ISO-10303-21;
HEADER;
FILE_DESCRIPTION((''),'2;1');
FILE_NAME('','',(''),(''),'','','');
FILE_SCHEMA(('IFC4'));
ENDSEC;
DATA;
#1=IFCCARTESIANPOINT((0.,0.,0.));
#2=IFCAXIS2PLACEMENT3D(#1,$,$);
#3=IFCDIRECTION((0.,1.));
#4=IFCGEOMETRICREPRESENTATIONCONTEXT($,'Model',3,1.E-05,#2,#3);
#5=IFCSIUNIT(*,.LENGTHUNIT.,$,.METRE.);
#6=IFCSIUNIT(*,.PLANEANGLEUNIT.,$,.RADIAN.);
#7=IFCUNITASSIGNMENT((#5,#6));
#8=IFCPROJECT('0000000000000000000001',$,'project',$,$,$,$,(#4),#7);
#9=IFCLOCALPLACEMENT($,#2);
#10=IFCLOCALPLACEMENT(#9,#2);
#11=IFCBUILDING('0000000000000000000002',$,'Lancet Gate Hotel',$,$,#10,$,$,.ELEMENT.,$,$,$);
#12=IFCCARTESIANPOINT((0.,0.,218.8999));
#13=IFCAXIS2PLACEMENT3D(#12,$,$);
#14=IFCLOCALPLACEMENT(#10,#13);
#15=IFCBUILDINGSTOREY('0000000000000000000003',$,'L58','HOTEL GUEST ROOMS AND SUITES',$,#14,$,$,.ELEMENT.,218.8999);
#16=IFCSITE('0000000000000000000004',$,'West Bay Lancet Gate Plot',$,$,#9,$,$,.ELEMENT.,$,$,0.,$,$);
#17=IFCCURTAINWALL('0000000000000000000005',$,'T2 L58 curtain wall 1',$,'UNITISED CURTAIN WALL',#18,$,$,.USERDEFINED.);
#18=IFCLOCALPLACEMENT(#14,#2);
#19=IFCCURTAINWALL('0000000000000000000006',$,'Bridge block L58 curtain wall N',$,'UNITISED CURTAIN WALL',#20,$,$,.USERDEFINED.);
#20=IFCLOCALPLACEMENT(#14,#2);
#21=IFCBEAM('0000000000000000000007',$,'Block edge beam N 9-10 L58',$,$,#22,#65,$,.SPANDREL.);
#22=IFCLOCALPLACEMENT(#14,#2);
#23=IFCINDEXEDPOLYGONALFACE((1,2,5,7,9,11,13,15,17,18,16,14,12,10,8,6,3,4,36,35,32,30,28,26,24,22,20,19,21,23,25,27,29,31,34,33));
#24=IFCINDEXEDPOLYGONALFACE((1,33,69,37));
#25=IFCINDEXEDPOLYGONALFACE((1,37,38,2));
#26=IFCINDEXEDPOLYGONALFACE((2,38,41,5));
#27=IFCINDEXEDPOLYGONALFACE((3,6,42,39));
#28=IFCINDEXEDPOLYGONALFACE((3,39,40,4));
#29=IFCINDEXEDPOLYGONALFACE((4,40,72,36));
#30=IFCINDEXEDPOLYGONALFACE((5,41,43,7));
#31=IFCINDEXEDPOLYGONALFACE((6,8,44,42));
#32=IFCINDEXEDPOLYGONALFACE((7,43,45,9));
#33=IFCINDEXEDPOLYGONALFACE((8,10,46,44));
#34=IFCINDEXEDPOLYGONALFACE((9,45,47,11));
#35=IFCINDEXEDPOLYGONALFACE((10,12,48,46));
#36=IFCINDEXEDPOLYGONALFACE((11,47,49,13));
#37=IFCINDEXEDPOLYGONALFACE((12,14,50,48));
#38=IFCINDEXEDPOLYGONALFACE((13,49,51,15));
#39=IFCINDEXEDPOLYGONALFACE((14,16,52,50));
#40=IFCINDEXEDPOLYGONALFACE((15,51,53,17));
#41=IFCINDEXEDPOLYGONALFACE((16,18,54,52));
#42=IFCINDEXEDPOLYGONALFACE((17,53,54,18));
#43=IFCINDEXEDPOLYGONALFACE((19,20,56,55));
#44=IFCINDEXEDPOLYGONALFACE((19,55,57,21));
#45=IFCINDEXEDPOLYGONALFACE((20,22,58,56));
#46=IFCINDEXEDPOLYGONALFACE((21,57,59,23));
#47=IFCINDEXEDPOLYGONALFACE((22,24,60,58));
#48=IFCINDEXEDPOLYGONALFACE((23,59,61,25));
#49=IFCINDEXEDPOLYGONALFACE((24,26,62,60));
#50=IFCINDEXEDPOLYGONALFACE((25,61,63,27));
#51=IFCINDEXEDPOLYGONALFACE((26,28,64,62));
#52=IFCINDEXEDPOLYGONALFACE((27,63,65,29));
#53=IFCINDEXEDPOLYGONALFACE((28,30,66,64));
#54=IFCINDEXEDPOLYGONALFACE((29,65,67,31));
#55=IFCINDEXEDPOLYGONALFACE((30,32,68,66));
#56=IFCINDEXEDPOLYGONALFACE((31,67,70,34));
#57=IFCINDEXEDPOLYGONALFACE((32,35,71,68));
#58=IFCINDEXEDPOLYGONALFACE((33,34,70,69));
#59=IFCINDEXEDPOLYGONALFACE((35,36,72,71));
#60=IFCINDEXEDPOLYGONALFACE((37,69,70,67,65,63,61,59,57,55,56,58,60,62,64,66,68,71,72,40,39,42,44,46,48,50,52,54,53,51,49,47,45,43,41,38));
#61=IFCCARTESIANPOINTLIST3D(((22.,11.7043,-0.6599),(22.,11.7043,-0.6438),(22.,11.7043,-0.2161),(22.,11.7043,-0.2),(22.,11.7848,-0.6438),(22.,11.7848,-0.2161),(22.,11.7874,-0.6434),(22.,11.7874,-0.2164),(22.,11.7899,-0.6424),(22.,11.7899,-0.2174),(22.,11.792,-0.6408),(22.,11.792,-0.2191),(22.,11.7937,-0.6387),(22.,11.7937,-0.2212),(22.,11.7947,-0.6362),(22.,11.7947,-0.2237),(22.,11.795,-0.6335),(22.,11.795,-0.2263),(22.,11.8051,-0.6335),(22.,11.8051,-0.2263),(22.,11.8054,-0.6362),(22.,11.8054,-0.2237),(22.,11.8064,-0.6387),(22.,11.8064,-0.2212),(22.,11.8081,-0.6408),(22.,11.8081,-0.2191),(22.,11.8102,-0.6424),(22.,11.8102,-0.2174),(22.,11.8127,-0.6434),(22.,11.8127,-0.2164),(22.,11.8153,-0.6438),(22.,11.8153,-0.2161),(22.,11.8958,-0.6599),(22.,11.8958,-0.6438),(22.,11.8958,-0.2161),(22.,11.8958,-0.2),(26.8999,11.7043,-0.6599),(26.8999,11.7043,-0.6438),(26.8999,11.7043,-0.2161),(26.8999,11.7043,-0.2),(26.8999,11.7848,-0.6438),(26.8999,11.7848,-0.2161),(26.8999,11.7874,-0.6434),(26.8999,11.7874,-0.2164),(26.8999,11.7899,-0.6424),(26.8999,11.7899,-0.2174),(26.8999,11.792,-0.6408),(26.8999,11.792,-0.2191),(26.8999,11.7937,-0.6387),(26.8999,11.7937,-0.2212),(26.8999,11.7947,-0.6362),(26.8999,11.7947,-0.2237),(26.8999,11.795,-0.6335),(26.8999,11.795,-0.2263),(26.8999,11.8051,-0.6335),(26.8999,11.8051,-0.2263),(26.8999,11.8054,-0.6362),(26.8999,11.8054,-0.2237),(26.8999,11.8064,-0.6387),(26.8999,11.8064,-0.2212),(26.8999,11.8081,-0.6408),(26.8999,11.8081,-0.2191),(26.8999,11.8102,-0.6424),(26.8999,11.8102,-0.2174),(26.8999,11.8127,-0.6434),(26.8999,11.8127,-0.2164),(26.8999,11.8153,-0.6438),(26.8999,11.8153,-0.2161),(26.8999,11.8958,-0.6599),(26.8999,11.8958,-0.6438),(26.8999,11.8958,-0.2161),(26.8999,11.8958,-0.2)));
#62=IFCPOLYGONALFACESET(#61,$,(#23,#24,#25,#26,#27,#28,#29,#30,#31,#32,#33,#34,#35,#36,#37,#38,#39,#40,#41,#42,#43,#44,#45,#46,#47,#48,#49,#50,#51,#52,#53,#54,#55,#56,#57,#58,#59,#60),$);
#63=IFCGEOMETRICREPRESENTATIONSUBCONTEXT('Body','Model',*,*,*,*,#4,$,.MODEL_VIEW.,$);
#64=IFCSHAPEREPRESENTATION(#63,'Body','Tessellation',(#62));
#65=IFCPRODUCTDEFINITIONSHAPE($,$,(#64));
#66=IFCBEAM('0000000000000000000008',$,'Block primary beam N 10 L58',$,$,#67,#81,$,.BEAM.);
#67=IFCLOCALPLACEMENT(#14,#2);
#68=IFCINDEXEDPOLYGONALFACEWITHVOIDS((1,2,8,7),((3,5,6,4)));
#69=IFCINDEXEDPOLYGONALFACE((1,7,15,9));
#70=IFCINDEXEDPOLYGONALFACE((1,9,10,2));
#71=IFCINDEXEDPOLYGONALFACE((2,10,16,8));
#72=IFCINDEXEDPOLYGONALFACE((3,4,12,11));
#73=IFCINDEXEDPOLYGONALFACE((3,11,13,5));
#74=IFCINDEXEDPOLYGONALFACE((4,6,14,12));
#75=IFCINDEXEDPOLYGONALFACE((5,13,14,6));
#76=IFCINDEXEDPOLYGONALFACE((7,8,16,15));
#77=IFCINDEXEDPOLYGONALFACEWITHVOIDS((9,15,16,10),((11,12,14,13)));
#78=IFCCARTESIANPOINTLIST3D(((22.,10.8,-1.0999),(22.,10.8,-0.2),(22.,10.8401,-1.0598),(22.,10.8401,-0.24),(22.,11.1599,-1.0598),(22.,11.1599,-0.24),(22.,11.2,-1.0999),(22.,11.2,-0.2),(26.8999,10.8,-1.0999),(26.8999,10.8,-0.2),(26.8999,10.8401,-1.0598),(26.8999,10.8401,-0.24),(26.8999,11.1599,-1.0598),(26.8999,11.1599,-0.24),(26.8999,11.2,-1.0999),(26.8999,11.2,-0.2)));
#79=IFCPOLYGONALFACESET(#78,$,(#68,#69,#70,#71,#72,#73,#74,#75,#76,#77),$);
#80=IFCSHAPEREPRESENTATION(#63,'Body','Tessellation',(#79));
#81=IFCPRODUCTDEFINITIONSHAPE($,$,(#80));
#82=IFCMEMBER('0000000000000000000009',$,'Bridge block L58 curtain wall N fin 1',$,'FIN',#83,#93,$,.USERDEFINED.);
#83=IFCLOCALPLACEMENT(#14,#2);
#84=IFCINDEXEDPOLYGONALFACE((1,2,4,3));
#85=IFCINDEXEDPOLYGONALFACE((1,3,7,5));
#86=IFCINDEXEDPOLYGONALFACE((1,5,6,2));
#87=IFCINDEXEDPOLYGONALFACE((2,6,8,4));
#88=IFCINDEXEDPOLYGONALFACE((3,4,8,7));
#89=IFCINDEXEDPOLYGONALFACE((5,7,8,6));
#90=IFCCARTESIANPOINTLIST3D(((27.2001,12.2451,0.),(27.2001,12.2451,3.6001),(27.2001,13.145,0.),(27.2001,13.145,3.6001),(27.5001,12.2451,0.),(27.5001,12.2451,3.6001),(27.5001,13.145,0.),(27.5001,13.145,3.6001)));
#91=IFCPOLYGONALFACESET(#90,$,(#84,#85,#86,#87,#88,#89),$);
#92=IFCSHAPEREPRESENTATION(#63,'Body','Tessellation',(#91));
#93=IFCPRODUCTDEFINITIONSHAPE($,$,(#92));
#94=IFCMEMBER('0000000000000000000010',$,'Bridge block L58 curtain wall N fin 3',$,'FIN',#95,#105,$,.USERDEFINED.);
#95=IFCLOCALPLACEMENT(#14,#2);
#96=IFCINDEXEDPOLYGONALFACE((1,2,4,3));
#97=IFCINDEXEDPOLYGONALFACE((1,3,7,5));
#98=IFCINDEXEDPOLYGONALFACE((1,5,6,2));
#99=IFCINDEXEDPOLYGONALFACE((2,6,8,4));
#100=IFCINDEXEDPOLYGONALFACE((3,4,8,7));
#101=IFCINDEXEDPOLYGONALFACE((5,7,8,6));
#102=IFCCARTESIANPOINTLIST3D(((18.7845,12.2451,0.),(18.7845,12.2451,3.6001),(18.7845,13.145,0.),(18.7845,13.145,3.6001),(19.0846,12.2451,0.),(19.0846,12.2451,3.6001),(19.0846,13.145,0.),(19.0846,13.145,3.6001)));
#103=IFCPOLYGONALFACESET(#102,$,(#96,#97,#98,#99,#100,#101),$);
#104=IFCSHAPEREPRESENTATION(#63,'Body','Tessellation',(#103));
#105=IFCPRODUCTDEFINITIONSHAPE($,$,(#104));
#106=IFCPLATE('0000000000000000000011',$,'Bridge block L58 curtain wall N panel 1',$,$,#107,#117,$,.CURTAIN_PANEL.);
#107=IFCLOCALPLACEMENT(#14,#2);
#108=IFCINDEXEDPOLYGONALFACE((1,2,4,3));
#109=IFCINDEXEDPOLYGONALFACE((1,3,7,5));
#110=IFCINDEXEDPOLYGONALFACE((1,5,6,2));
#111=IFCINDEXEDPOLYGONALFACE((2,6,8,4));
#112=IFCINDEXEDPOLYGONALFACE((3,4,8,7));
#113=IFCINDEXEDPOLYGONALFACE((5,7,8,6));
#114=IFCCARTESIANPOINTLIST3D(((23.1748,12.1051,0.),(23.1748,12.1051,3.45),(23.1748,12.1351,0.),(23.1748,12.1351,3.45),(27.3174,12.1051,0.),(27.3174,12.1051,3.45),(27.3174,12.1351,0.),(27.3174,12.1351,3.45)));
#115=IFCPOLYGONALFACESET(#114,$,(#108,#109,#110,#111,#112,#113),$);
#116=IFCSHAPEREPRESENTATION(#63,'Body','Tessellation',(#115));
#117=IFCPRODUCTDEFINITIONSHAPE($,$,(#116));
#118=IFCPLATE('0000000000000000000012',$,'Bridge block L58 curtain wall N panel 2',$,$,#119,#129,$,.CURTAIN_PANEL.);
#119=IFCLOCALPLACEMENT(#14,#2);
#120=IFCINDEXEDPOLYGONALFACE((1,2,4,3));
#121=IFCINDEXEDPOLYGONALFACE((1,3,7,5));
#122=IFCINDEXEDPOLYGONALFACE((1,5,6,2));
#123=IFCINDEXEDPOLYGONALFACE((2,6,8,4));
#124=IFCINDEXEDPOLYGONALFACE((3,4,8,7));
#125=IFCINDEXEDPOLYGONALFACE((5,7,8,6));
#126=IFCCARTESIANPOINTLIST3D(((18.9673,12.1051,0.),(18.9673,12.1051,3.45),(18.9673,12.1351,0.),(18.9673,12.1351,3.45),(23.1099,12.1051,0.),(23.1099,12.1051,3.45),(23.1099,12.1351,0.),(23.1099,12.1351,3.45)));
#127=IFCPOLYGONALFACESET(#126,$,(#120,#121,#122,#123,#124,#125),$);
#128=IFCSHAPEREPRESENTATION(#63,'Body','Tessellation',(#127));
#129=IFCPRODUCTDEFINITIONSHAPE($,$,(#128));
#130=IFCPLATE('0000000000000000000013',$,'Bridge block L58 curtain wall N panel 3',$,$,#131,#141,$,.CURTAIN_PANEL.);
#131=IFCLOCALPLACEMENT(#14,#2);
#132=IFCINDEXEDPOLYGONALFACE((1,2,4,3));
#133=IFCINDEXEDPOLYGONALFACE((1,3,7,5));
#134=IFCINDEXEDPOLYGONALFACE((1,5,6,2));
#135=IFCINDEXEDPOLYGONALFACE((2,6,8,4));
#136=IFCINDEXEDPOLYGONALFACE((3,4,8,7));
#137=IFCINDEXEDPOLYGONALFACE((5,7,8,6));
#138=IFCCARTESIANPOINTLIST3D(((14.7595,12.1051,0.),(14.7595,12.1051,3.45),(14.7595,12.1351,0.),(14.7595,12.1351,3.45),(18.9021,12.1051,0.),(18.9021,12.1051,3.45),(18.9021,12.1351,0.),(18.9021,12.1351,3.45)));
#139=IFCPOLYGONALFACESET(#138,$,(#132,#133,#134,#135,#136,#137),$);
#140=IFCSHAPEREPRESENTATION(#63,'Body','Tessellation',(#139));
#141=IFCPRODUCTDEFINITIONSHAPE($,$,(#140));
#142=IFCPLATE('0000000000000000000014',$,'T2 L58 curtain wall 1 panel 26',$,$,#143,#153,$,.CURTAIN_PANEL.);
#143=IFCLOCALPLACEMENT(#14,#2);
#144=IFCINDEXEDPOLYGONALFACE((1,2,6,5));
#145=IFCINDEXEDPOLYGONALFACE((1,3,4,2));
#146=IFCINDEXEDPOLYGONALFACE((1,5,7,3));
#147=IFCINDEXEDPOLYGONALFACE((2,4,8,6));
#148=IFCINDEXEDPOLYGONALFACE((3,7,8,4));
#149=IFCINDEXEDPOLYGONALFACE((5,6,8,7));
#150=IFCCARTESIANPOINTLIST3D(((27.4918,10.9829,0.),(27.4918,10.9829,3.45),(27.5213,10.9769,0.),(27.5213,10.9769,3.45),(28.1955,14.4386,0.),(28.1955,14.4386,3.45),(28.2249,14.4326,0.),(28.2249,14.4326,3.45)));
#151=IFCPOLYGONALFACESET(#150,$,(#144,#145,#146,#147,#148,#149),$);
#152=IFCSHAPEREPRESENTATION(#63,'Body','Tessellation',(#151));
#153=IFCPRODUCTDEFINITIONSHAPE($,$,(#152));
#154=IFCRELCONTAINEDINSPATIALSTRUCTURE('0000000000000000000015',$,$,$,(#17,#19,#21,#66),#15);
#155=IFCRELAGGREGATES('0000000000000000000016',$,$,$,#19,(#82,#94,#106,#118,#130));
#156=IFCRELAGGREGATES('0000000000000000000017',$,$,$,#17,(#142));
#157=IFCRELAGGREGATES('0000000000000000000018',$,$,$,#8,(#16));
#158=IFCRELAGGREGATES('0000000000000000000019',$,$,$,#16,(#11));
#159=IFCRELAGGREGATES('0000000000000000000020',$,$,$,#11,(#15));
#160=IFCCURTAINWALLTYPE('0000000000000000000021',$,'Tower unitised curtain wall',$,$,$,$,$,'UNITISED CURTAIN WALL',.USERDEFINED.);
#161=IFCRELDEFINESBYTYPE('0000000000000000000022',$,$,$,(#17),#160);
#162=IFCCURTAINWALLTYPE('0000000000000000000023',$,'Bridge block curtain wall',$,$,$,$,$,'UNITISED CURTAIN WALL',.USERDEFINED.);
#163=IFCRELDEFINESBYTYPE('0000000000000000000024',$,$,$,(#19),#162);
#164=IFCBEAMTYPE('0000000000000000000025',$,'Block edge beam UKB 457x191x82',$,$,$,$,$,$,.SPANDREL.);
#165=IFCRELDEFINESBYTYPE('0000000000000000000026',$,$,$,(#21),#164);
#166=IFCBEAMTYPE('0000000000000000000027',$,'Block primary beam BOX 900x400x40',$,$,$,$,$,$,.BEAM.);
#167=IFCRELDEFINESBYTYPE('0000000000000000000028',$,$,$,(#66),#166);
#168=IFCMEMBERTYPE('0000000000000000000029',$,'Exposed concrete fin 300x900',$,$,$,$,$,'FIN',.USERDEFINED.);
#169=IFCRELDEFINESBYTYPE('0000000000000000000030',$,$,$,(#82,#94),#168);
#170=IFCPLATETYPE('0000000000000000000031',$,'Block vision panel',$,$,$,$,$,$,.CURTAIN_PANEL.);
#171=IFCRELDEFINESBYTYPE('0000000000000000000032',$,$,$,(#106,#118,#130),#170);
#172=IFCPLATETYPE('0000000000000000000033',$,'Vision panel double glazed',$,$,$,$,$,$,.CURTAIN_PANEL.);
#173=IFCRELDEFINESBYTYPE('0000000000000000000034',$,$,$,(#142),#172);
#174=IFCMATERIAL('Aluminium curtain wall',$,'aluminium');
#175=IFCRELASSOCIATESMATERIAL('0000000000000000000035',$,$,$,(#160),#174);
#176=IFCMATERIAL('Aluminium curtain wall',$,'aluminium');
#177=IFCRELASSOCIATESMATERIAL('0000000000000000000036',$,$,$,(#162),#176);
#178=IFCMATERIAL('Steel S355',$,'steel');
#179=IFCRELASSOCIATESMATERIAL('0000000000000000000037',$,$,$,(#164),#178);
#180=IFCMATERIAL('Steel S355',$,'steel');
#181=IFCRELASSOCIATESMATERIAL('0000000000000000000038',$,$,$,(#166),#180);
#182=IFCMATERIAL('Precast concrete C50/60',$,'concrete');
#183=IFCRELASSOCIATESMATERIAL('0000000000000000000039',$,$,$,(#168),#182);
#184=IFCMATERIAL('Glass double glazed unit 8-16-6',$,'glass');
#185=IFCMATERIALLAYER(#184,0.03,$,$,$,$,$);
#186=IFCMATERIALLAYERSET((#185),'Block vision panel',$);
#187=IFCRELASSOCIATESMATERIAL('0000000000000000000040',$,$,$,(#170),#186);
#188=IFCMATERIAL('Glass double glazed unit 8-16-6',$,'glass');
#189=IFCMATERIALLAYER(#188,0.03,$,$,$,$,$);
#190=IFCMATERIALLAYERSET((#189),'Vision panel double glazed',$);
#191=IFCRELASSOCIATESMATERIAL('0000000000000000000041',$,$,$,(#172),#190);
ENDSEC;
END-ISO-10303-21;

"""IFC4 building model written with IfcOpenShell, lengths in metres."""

from ifc_helpers import new_model, si_unit, direction, frame, origin, origin_2d, place, context, subcontext, project, spatial, rectangle, hollow_rectangle, i_section, extrude, material, layer, layer_set, material_profile, profile_set, type_object, element, aggregate, save


model = new_model("IFC4")

# Units and contexts
model_context = context("Model", 3, precision=1e-05, world=origin(), true_north=direction((0.0, 1.0)))
body_context = subcontext(model_context, "Body", "Model", "MODEL_VIEW")
ifc_project = project(units=[si_unit("LENGTHUNIT", "METRE"), si_unit("PLANEANGLEUNIT", "RADIAN")], contexts=[model_context])

# Site, building, storey
site_placement = place(None, origin())
site = spatial("IfcSite", under=ifc_project, at=site_placement, Name="West Bay Lancet Gate Plot", CompositionType="ELEMENT", RefElevation=0.0)
building_placement = place(site_placement, origin())
building = spatial("IfcBuilding", under=site, at=building_placement, Name="Lancet Gate Hotel", CompositionType="ELEMENT")
storey_placement = place(building_placement, frame((0.0, 0.0, 218.8999)))
storey = spatial("IfcBuildingStorey", under=building, at=storey_placement, Name="L58", Description="HOTEL GUEST ROOMS AND SUITES", CompositionType="ELEMENT", Elevation=218.8999)

# Curtain wall
ifc_material_1 = material(Name="Aluminium curtain wall", Category="aluminium")
curtain_wall_type_1 = type_object("IfcCurtainWallType", Name="Tower unitised curtain wall", ElementType="UNITISED CURTAIN WALL", PredefinedType="USERDEFINED", material=ifc_material_1)
curtain_wall_1_placement = place(storey_placement, origin())
curtain_wall_1 = element("IfcCurtainWall", 1, at=curtain_wall_1_placement, inside=storey, type_object=curtain_wall_type_1, Name="T2 L58 curtain wall 1", ObjectType="UNITISED CURTAIN WALL", PredefinedType="USERDEFINED")

# Curtain wall
ifc_material_2 = material(Name="Aluminium curtain wall", Category="aluminium")
curtain_wall_type_2 = type_object("IfcCurtainWallType", Name="Bridge block curtain wall", ElementType="UNITISED CURTAIN WALL", PredefinedType="USERDEFINED", material=ifc_material_2)
curtain_wall_2_placement = place(storey_placement, origin())
curtain_wall_2 = element("IfcCurtainWall", 2, at=curtain_wall_2_placement, inside=storey, type_object=curtain_wall_type_2, Name="Bridge block L58 curtain wall N", ObjectType="UNITISED CURTAIN WALL", PredefinedType="USERDEFINED")

# Beams
ifc_material_3 = material(Name="Steel S355", Category="steel")
ifc_material_profile_1 = material_profile(ifc_material_3, i_section(OverallWidth=0.1914, OverallDepth=0.46, WebThickness=0.01, FlangeThickness=0.0161, FilletRadius=0.0103, at=origin_2d()), Name="UKB 457x191x82")
ifc_profile_set_1 = profile_set([ifc_material_profile_1], Name="Steel S355")
beam_type_1 = type_object("IfcBeamType", Name="Block edge beam UKB 457x191x82", PredefinedType="SPANDREL", material=ifc_profile_set_1)
beam_1_placement = place(storey_placement, frame((22.0, 11.8, -0.4299), z_axis=(1.0, 0.0, 0.0), x_axis=(0.0, 1.0, 0.0)))
element("IfcBeam", 3, at=beam_1_placement, inside=storey, type_object=beam_type_1, Name="Block edge beam N 9-10 L58", PredefinedType="SPANDREL", context=body_context, shape_type="SweptSolid", body=[
    extrude(i_section(OverallWidth=0.1914, OverallDepth=0.46, WebThickness=0.01, FlangeThickness=0.0161, FilletRadius=0.0103, at=origin_2d()), origin(), (0.0, 0.0, 1.0), 4.8999),
])
ifc_material_4 = material(Name="Steel S355", Category="steel")
ifc_material_profile_2 = material_profile(ifc_material_4, hollow_rectangle(XDim=0.3999, YDim=0.8999, WallThickness=0.04, at=origin_2d()), Name="BOX 900x400x40")
ifc_profile_set_2 = profile_set([ifc_material_profile_2], Name="Steel S355")
beam_type_2 = type_object("IfcBeamType", Name="Block primary beam BOX 900x400x40", PredefinedType="BEAM", material=ifc_profile_set_2)
beam_2_placement = place(storey_placement, frame((22.0, 11.0, -0.6499), z_axis=(1.0, 0.0, 0.0), x_axis=(0.0, 1.0, 0.0)))
element("IfcBeam", 4, at=beam_2_placement, inside=storey, type_object=beam_type_2, Name="Block primary beam N 10 L58", PredefinedType="BEAM", context=body_context, shape_type="SweptSolid", body=[
    extrude(hollow_rectangle(XDim=0.3999, YDim=0.8999, WallThickness=0.04, at=origin_2d()), origin(), (0.0, 0.0, 1.0), 4.8999),
])

# Members
ifc_material_5 = material(Name="Precast concrete C50/60", Category="concrete")
ifc_material_profile_3 = material_profile(ifc_material_5, rectangle(XDim=0.3, YDim=0.8999, at=origin_2d()), Name="FIN 300x900")
ifc_profile_set_3 = profile_set([ifc_material_profile_3], Name="Precast concrete C50/60")
member_type_1 = type_object("IfcMemberType", Name="Exposed concrete fin 300x900", ElementType="FIN", PredefinedType="USERDEFINED", material=ifc_profile_set_3)
member_1_placement = place(storey_placement, frame((27.3501, 12.6951, 0.0), z_axis=(0.0, 0.0, 1.0), x_axis=(-1.0, 0.0, 0.0)))
member_1 = element("IfcMember", 5, at=member_1_placement, type_object=member_type_1, Name="Bridge block L58 curtain wall N fin 1", ObjectType="FIN", PredefinedType="USERDEFINED", context=body_context, shape_type="SweptSolid", body=[
    extrude(rectangle(XDim=0.3, YDim=0.8999, at=origin_2d()), origin(), (0.0, 0.0, 1.0), 3.6001),
])
member_2_placement = place(storey_placement, frame((18.9346, 12.6951, 0.0), z_axis=(0.0, 0.0, 1.0), x_axis=(-1.0, 0.0, 0.0)))
member_2 = element("IfcMember", 6, at=member_2_placement, type_object=member_type_1, Name="Bridge block L58 curtain wall N fin 3", ObjectType="FIN", PredefinedType="USERDEFINED", context=body_context, shape_type="SweptSolid", body=[
    extrude(rectangle(XDim=0.3, YDim=0.8999, at=origin_2d()), origin(), (0.0, 0.0, 1.0), 3.6001),
])

# Plates
ifc_material_6 = material(Name="Glass double glazed unit 8-16-6", Category="glass")
ifc_layer_1 = layer(ifc_material_6, 0.03)
ifc_layer_set_1 = layer_set([ifc_layer_1], Name="Block vision panel")
plate_type_1 = type_object("IfcPlateType", Name="Block vision panel", PredefinedType="CURTAIN_PANEL", material=ifc_layer_set_1)
plate_1_placement = place(storey_placement, frame((25.2461, 12.1201, 0.0), z_axis=(0.0, 0.0, 1.0), x_axis=(-1.0, 0.0, 0.0)))
plate_1 = element("IfcPlate", 7, at=plate_1_placement, type_object=plate_type_1, Name="Bridge block L58 curtain wall N panel 1", PredefinedType="CURTAIN_PANEL", context=body_context, shape_type="SweptSolid", body=[
    extrude(rectangle(XDim=4.1426, YDim=0.03, at=origin_2d()), origin(), (0.0, 0.0, 1.0), 3.45),
])
plate_2_placement = place(storey_placement, frame((21.0386, 12.1201, 0.0), z_axis=(0.0, 0.0, 1.0), x_axis=(-1.0, 0.0, 0.0)))
plate_2 = element("IfcPlate", 8, at=plate_2_placement, type_object=plate_type_1, Name="Bridge block L58 curtain wall N panel 2", PredefinedType="CURTAIN_PANEL", context=body_context, shape_type="SweptSolid", body=[
    extrude(rectangle(XDim=4.1426, YDim=0.03, at=origin_2d()), origin(), (0.0, 0.0, 1.0), 3.45),
])
plate_3_placement = place(storey_placement, frame((16.8308, 12.1201, 0.0), z_axis=(0.0, 0.0, 1.0), x_axis=(-1.0, 0.0, 0.0)))
plate_3 = element("IfcPlate", 9, at=plate_3_placement, type_object=plate_type_1, Name="Bridge block L58 curtain wall N panel 3", PredefinedType="CURTAIN_PANEL", context=body_context, shape_type="SweptSolid", body=[
    extrude(rectangle(XDim=4.1426, YDim=0.03, at=origin_2d()), origin(), (0.0, 0.0, 1.0), 3.45),
])
aggregate(curtain_wall_2, [member_1, member_2, plate_1, plate_2, plate_3])
ifc_material_7 = material(Name="Glass double glazed unit 8-16-6", Category="glass")
ifc_layer_2 = layer(ifc_material_7, 0.03)
ifc_layer_set_2 = layer_set([ifc_layer_2], Name="Vision panel double glazed")
plate_type_2 = type_object("IfcPlateType", Name="Vision panel double glazed", PredefinedType="CURTAIN_PANEL", material=ifc_layer_set_2)
plate_4_placement = place(storey_placement, frame((27.8584, 12.7078, 0.0), z_axis=(0.0, 0.0, 1.0), x_axis=(-0.199533, -0.979891, 0.0)))
plate_4 = element("IfcPlate", 10, at=plate_4_placement, type_object=plate_type_2, Name="T2 L58 curtain wall 1 panel 26", PredefinedType="CURTAIN_PANEL", context=body_context, shape_type="SweptSolid", body=[
    extrude(rectangle(XDim=3.5266, YDim=0.03, at=origin_2d()), origin(), (0.0, 0.0, 1.0), 3.45),
])
aggregate(curtain_wall_1, [plate_4])

save(model, "model.ifc")
